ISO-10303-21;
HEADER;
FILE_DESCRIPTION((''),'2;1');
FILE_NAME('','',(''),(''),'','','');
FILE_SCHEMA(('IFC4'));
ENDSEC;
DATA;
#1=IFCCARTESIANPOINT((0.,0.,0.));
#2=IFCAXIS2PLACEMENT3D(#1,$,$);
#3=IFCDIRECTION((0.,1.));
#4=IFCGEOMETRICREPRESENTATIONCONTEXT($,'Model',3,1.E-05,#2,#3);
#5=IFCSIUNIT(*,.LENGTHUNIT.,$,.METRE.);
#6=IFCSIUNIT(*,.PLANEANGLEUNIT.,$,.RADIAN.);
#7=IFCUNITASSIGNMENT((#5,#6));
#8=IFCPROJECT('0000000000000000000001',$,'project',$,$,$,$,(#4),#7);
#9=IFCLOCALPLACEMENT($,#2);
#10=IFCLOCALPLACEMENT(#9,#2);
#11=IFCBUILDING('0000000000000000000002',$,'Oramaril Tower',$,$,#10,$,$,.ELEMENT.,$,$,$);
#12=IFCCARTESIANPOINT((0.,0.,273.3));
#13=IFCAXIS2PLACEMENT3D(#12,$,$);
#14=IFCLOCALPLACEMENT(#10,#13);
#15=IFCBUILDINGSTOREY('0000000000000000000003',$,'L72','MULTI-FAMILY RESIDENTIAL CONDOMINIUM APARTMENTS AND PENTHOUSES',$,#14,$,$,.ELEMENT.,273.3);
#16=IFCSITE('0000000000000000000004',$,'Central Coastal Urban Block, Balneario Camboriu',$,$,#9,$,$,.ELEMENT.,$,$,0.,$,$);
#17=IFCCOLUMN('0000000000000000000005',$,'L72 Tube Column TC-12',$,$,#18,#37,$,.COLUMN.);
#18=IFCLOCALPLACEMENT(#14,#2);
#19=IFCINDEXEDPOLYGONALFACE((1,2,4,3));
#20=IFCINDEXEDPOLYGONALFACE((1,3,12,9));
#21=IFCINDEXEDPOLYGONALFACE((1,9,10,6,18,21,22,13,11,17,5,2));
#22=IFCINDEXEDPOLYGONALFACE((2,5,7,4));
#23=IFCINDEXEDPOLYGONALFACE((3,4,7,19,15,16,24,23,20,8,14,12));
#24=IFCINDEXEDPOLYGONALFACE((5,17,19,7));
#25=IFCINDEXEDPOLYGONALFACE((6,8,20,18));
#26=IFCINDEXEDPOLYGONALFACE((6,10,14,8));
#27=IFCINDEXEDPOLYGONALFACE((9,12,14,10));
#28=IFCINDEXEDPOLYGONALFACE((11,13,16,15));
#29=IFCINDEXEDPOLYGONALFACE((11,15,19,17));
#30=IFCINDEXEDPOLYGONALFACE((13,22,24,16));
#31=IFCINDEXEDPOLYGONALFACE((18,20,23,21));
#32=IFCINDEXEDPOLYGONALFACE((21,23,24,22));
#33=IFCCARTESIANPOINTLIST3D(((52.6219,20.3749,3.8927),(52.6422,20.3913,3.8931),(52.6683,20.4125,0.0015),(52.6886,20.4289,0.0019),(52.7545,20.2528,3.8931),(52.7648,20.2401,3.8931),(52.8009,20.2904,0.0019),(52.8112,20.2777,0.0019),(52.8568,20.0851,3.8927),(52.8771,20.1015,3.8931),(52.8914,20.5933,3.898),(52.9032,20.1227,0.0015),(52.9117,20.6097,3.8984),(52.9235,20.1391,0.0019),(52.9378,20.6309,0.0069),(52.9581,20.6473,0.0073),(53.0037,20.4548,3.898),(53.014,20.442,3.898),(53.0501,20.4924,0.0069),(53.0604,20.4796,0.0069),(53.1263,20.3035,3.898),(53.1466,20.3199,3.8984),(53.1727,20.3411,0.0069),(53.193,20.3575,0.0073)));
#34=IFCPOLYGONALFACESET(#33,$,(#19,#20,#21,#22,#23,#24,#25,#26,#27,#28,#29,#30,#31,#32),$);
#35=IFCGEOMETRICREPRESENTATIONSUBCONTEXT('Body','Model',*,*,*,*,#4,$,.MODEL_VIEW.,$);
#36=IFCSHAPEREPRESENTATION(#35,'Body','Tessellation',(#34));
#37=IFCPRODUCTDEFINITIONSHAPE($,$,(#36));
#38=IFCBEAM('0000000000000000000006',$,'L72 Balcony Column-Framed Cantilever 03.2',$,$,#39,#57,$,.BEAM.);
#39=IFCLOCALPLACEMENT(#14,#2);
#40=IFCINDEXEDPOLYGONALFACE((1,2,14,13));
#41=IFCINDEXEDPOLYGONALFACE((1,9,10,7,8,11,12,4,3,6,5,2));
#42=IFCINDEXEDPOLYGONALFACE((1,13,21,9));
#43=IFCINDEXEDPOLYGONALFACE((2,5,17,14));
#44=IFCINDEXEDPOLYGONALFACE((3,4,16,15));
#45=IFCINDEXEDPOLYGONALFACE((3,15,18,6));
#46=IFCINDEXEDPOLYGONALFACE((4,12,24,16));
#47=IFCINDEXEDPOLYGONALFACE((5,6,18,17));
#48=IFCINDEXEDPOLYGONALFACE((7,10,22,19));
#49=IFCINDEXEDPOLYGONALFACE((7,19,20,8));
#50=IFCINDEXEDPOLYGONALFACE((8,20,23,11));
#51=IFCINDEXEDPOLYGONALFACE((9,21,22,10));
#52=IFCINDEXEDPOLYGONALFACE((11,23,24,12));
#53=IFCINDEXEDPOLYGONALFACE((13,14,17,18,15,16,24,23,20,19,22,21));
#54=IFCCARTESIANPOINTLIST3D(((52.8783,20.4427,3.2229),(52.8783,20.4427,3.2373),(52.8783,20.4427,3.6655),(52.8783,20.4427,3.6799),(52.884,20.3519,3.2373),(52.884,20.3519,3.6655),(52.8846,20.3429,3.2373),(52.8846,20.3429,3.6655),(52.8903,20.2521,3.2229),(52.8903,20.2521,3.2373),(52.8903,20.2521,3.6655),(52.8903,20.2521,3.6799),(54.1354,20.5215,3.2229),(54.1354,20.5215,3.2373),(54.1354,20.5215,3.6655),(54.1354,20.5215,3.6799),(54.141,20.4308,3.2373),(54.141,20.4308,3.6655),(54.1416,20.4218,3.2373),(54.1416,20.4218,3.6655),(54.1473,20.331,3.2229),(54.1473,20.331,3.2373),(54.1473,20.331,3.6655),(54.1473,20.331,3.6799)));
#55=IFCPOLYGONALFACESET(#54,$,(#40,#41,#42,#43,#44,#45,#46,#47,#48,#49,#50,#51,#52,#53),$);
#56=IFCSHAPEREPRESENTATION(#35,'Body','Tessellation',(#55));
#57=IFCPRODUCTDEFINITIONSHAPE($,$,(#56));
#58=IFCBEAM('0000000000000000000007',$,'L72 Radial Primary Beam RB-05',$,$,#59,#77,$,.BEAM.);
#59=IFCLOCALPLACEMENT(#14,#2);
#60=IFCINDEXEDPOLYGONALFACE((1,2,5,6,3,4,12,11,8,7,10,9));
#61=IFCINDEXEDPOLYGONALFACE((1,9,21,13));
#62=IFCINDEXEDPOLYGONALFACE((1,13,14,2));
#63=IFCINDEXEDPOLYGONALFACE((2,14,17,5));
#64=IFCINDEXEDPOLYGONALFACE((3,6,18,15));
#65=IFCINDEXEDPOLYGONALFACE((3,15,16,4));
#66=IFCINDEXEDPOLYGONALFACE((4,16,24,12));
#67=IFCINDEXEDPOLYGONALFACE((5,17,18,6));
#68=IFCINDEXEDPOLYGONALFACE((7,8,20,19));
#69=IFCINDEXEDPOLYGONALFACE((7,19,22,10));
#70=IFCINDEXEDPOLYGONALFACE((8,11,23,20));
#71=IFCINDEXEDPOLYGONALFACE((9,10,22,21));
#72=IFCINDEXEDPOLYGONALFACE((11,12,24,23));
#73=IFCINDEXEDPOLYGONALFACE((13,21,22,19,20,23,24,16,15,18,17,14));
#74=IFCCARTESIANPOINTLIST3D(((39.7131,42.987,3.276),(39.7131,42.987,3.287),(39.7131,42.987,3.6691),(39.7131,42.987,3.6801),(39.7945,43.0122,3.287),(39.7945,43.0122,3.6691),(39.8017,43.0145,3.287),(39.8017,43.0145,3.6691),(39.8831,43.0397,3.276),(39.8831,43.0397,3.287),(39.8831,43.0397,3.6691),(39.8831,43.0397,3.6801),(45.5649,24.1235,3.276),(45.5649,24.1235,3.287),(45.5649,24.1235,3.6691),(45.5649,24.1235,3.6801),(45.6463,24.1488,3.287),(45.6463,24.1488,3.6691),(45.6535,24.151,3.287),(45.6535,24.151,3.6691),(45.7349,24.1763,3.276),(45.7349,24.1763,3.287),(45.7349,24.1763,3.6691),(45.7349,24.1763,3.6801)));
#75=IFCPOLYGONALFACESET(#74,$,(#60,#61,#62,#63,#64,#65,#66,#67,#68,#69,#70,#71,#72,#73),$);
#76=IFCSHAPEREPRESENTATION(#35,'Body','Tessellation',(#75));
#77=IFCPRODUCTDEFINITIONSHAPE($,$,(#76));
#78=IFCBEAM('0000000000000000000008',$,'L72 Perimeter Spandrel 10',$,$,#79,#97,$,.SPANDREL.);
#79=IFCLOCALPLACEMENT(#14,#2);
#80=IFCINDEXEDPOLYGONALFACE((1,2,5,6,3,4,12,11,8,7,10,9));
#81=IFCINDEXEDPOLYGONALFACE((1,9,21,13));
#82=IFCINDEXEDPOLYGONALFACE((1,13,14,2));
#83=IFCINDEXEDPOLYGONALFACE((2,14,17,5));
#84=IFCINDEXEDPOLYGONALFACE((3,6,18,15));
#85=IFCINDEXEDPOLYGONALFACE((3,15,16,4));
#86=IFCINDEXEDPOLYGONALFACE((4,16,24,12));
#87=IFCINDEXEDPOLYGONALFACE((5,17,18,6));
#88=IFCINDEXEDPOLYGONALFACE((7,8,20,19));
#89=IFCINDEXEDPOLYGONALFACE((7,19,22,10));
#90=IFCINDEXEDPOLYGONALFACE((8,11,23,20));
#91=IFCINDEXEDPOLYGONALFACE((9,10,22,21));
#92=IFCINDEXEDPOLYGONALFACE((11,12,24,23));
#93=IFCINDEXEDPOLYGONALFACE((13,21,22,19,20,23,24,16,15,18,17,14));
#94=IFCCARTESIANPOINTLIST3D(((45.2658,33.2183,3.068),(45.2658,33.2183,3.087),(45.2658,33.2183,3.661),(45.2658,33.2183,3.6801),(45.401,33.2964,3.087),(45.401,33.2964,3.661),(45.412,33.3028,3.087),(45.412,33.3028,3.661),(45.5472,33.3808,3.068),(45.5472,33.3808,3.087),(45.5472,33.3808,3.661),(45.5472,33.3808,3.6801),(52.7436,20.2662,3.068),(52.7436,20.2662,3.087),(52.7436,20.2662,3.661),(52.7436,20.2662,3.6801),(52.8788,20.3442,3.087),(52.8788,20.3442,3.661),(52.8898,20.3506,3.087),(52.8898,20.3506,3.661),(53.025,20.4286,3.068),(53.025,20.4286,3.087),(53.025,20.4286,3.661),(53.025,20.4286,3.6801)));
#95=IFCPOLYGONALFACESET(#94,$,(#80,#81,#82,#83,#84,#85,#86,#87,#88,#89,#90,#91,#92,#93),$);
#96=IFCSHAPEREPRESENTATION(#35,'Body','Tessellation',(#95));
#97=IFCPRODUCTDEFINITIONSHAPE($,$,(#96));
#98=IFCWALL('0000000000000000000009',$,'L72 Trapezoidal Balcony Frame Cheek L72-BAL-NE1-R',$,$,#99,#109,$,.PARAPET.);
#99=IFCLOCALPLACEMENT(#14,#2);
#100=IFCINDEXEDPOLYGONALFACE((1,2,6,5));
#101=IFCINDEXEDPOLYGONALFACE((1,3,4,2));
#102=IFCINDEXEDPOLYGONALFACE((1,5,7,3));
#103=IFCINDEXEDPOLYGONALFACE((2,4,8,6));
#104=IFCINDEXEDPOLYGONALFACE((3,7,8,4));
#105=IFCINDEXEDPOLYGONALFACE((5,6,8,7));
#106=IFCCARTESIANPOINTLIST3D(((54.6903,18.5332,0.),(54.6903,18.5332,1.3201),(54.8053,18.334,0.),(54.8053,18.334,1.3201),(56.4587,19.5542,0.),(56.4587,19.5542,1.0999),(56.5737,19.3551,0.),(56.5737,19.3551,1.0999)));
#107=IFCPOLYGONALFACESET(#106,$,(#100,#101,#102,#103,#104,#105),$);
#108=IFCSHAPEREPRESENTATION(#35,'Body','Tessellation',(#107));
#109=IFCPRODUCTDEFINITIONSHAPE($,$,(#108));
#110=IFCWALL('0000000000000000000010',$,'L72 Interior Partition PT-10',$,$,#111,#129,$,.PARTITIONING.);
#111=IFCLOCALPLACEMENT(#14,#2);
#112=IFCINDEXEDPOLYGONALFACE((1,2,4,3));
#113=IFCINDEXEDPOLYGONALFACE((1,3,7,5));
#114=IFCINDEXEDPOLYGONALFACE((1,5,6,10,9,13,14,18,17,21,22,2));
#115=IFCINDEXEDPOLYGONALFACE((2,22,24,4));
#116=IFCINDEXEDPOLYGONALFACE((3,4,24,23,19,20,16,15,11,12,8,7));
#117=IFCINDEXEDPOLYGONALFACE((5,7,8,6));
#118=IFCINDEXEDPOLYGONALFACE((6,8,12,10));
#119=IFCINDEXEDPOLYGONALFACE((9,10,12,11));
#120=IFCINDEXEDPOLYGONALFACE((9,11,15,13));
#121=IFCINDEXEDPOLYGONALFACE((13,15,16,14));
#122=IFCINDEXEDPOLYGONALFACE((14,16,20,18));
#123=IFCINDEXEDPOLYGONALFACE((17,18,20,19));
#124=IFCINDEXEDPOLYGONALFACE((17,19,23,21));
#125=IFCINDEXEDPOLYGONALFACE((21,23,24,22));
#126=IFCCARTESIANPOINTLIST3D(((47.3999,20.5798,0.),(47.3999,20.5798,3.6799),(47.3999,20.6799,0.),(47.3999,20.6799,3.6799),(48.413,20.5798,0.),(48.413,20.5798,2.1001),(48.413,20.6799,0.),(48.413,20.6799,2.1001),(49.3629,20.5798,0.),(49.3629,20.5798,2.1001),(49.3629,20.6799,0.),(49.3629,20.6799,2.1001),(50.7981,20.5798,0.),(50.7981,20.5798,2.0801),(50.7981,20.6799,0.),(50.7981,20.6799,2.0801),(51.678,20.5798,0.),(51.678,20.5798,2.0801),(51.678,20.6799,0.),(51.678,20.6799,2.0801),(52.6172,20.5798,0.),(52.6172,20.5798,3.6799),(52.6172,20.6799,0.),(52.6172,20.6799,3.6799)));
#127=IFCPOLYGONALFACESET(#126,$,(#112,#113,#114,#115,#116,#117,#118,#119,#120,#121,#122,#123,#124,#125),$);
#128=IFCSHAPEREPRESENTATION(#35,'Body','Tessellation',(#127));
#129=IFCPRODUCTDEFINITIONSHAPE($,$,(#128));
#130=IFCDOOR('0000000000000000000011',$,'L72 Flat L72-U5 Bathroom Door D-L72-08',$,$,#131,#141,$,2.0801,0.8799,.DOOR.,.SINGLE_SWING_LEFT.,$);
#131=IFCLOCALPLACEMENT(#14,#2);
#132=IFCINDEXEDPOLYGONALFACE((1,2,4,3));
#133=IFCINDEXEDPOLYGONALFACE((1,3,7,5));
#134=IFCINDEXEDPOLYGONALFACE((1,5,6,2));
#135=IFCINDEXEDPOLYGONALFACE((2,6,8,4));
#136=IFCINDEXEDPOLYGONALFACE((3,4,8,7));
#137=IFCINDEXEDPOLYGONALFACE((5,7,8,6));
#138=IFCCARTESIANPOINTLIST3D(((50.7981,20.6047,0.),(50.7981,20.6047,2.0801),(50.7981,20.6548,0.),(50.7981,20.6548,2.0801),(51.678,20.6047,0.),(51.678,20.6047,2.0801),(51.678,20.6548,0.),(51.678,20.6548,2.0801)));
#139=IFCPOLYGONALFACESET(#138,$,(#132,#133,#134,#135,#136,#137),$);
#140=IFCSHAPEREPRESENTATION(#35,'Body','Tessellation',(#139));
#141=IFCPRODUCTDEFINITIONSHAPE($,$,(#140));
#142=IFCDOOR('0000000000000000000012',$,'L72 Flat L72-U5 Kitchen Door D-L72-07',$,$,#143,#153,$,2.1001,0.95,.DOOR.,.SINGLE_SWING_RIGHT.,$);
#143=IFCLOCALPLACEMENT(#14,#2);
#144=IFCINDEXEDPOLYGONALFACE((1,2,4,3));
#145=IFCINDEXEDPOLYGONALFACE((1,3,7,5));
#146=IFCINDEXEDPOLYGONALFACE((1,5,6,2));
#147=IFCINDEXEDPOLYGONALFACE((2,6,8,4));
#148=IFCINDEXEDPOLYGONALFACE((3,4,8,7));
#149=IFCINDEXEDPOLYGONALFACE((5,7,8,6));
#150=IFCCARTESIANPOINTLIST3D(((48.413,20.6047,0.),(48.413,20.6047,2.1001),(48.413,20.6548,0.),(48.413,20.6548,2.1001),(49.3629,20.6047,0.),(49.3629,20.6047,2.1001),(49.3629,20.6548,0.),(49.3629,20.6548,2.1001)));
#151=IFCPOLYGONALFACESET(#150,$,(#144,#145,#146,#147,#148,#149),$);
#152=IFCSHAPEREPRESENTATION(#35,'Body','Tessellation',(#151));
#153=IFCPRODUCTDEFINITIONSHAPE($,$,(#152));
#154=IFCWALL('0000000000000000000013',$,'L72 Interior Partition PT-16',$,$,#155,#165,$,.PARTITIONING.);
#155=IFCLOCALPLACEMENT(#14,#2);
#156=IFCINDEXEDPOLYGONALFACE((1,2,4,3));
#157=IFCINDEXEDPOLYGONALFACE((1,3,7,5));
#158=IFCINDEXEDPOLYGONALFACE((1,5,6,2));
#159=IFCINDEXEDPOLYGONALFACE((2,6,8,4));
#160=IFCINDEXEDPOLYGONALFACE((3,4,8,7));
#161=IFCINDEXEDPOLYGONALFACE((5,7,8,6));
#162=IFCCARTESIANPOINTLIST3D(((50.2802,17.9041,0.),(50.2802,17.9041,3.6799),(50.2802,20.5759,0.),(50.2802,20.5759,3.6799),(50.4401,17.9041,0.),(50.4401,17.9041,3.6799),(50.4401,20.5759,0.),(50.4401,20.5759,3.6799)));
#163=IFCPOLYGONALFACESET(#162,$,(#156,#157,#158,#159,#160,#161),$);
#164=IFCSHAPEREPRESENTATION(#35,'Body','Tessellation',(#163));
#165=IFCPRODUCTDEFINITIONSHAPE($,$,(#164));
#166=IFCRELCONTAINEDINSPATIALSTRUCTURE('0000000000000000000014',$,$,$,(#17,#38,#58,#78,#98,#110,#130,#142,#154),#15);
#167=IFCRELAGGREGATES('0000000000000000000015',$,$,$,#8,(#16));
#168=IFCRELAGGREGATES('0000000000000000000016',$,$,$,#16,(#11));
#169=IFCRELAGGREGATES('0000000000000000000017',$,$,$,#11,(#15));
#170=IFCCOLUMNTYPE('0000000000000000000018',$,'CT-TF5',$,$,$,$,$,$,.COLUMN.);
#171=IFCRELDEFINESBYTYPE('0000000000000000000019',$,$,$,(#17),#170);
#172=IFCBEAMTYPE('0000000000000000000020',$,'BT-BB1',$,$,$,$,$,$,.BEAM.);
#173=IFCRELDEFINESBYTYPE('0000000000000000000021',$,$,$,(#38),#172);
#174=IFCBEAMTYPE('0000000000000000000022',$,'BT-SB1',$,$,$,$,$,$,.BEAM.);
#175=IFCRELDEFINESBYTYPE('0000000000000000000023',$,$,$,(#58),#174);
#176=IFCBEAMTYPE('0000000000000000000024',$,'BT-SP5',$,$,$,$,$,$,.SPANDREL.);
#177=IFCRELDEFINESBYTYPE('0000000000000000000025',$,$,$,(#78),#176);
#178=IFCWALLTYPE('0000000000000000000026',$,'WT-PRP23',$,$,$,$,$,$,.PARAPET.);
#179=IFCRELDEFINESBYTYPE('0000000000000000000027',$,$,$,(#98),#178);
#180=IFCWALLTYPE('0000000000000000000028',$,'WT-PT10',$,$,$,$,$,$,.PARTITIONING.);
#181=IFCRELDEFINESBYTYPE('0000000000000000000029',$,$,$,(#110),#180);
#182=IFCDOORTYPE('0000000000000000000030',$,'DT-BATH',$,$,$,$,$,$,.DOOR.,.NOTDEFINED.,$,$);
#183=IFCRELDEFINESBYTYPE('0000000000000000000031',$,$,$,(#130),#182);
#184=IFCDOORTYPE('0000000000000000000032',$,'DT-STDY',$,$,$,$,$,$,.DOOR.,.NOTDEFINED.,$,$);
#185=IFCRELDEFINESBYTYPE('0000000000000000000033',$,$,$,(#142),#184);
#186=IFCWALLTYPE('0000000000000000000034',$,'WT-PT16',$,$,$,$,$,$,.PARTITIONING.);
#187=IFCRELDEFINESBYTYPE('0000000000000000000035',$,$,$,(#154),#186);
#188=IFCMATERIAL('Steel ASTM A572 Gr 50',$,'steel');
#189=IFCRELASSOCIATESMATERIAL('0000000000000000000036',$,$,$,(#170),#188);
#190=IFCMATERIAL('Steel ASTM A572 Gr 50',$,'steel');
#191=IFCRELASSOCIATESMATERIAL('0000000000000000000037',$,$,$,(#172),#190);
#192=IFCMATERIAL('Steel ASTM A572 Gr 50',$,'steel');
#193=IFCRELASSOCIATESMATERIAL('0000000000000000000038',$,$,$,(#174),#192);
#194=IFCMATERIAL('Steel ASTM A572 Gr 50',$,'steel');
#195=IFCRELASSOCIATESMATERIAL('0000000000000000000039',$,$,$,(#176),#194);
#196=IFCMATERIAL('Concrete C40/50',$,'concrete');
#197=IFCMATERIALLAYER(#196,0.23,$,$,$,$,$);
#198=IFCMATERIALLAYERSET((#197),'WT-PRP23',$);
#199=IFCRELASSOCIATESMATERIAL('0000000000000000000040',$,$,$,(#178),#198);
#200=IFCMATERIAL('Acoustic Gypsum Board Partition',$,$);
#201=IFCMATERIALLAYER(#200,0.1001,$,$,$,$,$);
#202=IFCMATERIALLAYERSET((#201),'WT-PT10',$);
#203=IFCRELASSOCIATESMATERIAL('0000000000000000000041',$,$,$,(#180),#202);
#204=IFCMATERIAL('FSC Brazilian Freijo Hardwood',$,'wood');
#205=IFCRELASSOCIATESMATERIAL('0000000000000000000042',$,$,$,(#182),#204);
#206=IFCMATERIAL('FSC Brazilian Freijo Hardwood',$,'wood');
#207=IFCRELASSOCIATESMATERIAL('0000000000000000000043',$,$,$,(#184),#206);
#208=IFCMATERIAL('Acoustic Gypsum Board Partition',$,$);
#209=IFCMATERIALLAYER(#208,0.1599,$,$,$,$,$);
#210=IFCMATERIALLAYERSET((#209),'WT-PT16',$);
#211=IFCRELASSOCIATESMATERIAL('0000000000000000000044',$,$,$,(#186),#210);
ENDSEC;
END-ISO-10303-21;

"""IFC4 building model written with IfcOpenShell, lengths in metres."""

from ifc_helpers import new_model, si_unit, direction, frame, frame_2d, origin, origin_2d, place, context, subcontext, project, spatial, polyline, rectangle, i_section, outline, extrude, material, layer, layer_set, material_profile, profile_set, type_object, element, fill, save


model = new_model("IFC4")

# Units and contexts
model_context = context("Model", 3, precision=1e-05, world=origin(), true_north=direction((0.0, 1.0)))
body_context = subcontext(model_context, "Body", "Model", "MODEL_VIEW")
ifc_project = project(units=[si_unit("LENGTHUNIT", "METRE"), si_unit("PLANEANGLEUNIT", "RADIAN")], contexts=[model_context])

# Site, building, storey
site_placement = place(None, origin())
site = spatial("IfcSite", under=ifc_project, at=site_placement, Name="Central Coastal Urban Block, Balneario Camboriu", CompositionType="ELEMENT", RefElevation=0.0)
building_placement = place(site_placement, origin())
building = spatial("IfcBuilding", under=site, at=building_placement, Name="Oramaril Tower", CompositionType="ELEMENT")
storey_placement = place(building_placement, frame((0.0, 0.0, 273.3)))
storey = spatial("IfcBuildingStorey", under=building, at=storey_placement, Name="L72", Description="MULTI-FAMILY RESIDENTIAL CONDOMINIUM APARTMENTS AND PENTHOUSES", CompositionType="ELEMENT", Elevation=273.3)

# Column
ifc_material_1 = material(Name="Steel ASTM A572 Gr 50", Category="steel")
ifc_material_profile_1 = material_profile(ifc_material_1, i_section(OverallWidth=0.373, OverallDepth=0.373, WebThickness=0.0164, FlangeThickness=0.0261, at=origin_2d()), Name="W14X132")
ifc_profile_set_1 = profile_set([ifc_material_profile_1], Name="Steel ASTM A572 Gr 50")
column_type = type_object("IfcColumnType", Name="CT-TF5", PredefinedType="COLUMN", material=ifc_profile_set_1)
column_placement = place(storey_placement, frame((52.9307, 20.385, 0.0044), z_axis=(-0.01192, -0.009661, 0.999882), x_axis=(0.629669, -0.776864, 0.0)))
element("IfcColumn", 1, at=column_placement, inside=storey, type_object=column_type, Name="L72 Tube Column TC-12", PredefinedType="COLUMN", context=body_context, shape_type="SweptSolid", body=[
    extrude(i_section(OverallWidth=0.373, OverallDepth=0.373, WebThickness=0.0164, FlangeThickness=0.0261, at=origin_2d()), origin(), (0.0, 0.0, 1.0), 3.8916),
])

# Beams
ifc_material_2 = material(Name="Steel ASTM A572 Gr 50", Category="steel")
ifc_material_profile_2 = material_profile(ifc_material_2, i_section(OverallWidth=0.1909, OverallDepth=0.457, WebThickness=0.009, FlangeThickness=0.0144, at=origin_2d()), Name="W18X50")
ifc_profile_set_2 = profile_set([ifc_material_profile_2], Name="Steel ASTM A572 Gr 50")
beam_type_1 = type_object("IfcBeamType", Name="BT-BB1", PredefinedType="BEAM", material=ifc_profile_set_2)
beam_1_placement = place(storey_placement, frame((52.8843, 20.3474, 3.4514), z_axis=(0.998038, 0.062608, 0.0), x_axis=(-0.062608, 0.998038, 0.0)))
element("IfcBeam", 2, at=beam_1_placement, inside=storey, type_object=beam_type_1, Name="L72 Balcony Column-Framed Cantilever 03.2", PredefinedType="BEAM", context=body_context, shape_type="SweptSolid", body=[
    extrude(i_section(OverallWidth=0.1909, OverallDepth=0.457, WebThickness=0.009, FlangeThickness=0.0144, at=origin_2d()), origin(), (0.0, 0.0, 1.0), 1.2595),
])
ifc_material_3 = material(Name="Steel ASTM A572 Gr 50", Category="steel")
ifc_material_profile_3 = material_profile(ifc_material_3, i_section(OverallWidth=0.178, OverallDepth=0.4041, WebThickness=0.0076, FlangeThickness=0.011, at=origin_2d()), Name="W16X36")
ifc_profile_set_3 = profile_set([ifc_material_profile_3], Name="Steel ASTM A572 Gr 50")
beam_type_2 = type_object("IfcBeamType", Name="BT-SB1", PredefinedType="BEAM", material=ifc_profile_set_3)
beam_2_placement = place(storey_placement, frame((45.6499, 24.1499, 3.478), z_axis=(-0.296289, 0.955098, 0.0), x_axis=(-0.955098, -0.296289, 0.0)))
element("IfcBeam", 3, at=beam_2_placement, inside=storey, type_object=beam_type_2, Name="L72 Radial Primary Beam RB-05", PredefinedType="BEAM", context=body_context, shape_type="SweptSolid", body=[
    extrude(i_section(OverallWidth=0.178, OverallDepth=0.4041, WebThickness=0.0076, FlangeThickness=0.011, at=origin_2d()), origin(), (0.0, 0.0, 1.0), 19.7502),
])
ifc_material_4 = material(Name="Steel ASTM A572 Gr 50", Category="steel")
ifc_material_profile_4 = material_profile(ifc_material_4, i_section(OverallWidth=0.325, OverallDepth=0.6121, WebThickness=0.0127, FlangeThickness=0.019, at=origin_2d()), Name="W24X104")
ifc_profile_set_4 = profile_set([ifc_material_profile_4], Name="Steel ASTM A572 Gr 50")
beam_type_3 = type_object("IfcBeamType", Name="BT-SP5", PredefinedType="SPANDREL", material=ifc_profile_set_4)
beam_3_placement = place(storey_placement, frame((52.8843, 20.3474, 3.374), z_axis=(-0.499993, 0.86603, 0.0), x_axis=(-0.86603, -0.499993, 0.0)))
element("IfcBeam", 4, at=beam_3_placement, inside=storey, type_object=beam_type_3, Name="L72 Perimeter Spandrel 10", PredefinedType="SPANDREL", context=body_context, shape_type="SweptSolid", body=[
    extrude(i_section(OverallWidth=0.325, OverallDepth=0.6121, WebThickness=0.0127, FlangeThickness=0.019, at=origin_2d()), origin(), (0.0, 0.0, 1.0), 14.9558),
])

# Wall
ifc_material_5 = material(Name="Concrete C40/50", Category="concrete")
ifc_layer_1 = layer(ifc_material_5, 0.23)
ifc_layer_set_1 = layer_set([ifc_layer_1], Name="WT-PRP23")
wall_type_1 = type_object("IfcWallType", Name="WT-PRP23", PredefinedType="PARAPET", material=ifc_layer_set_1)
wall_1_placement = place(storey_placement, frame((54.7478, 18.4336, 0.0), z_axis=(0.0, 0.0, 1.0), x_axis=(0.866012, 0.500023, 0.0)))
element("IfcWall", 5, at=wall_1_placement, inside=storey, type_object=wall_type_1, Name="L72 Trapezoidal Balcony Frame Cheek L72-BAL-NE1-R", PredefinedType="PARAPET", context=body_context, shape_type="SweptSolid", body=[
    extrude(outline(polyline([(0.0, 0.0), (2.042, 0.0), (2.042, 1.0999), (0.0, 1.3201), (0.0, 0.0)])), frame((0.0, 0.115, 0.0), z_axis=(0.0, -1.0, 0.0), x_axis=(1.0, 0.0, 0.0)), (0.0, 0.0, 1.0), 0.23),
])

# Wall, openings, doors
ifc_material_6 = material(Name="Acoustic Gypsum Board Partition")
ifc_layer_2 = layer(ifc_material_6, 0.1001)
ifc_layer_set_2 = layer_set([ifc_layer_2], Name="WT-PT10")
wall_type_2 = type_object("IfcWallType", Name="WT-PT10", PredefinedType="PARTITIONING", material=ifc_layer_set_2)
wall_2_placement = place(storey_placement, frame((47.3999, 20.6299, 0.0), z_axis=(0.0, 0.0, 1.0), x_axis=(1.0, 0.0, 0.0)))
wall_2 = element("IfcWall", 6, at=wall_2_placement, inside=storey, type_object=wall_type_2, Name="L72 Interior Partition PT-10", PredefinedType="PARTITIONING", context=body_context, shape_type="SweptSolid", body=[
    extrude(rectangle(XDim=5.2173, YDim=0.1001, at=frame_2d((2.6086, 0.0))), origin(), (0.0, 0.0, 1.0), 3.6799),
])
opening_1_placement = place(wall_2_placement, frame((1.0129, 0.0, 0.0)))
opening_1 = element("IfcOpeningElement", 7, at=opening_1_placement, cuts=wall_2, PredefinedType="OPENING", context=body_context, shape_type="SweptSolid", body=[
    extrude(rectangle(XDim=0.95, YDim=2.1001, at=frame_2d((0.4751, 1.05))), frame((0.0, 0.05, 0.0), z_axis=(0.0, -1.0, 0.0), x_axis=(1.0, 0.0, 0.0)), (0.0, 0.0, 1.0), 0.1001),
])
opening_2_placement = place(wall_2_placement, frame((3.3982, 0.0, 0.0)))
opening_2 = element("IfcOpeningElement", 8, at=opening_2_placement, cuts=wall_2, PredefinedType="OPENING", context=body_context, shape_type="SweptSolid", body=[
    extrude(rectangle(XDim=0.8799, YDim=2.0801, at=frame_2d((0.4399, 1.04))), frame((0.0, 0.05, 0.0), z_axis=(0.0, -1.0, 0.0), x_axis=(1.0, 0.0, 0.0)), (0.0, 0.0, 1.0), 0.1001),
])
ifc_material_7 = material(Name="FSC Brazilian Freijo Hardwood", Category="wood")
door_type_1 = type_object("IfcDoorType", Name="DT-BATH", OperationType="NOTDEFINED", PredefinedType="DOOR", material=ifc_material_7)
door_1_placement = place(opening_2_placement, origin())
door_1 = element("IfcDoor", 9, at=door_1_placement, inside=storey, type_object=door_type_1, Name="L72 Flat L72-U5 Bathroom Door D-L72-08", OperationType="SINGLE_SWING_LEFT", OverallHeight=2.0801, OverallWidth=0.8799, PredefinedType="DOOR", context=body_context, shape_type="SweptSolid", body=[
    extrude(rectangle(XDim=0.8799, YDim=2.0801, at=frame_2d((0.4399, 1.04))), frame((0.0, 0.0249, 0.0), z_axis=(0.0, -1.0, 0.0), x_axis=(1.0, 0.0, 0.0)), (0.0, 0.0, 1.0), 0.05),
])
fill(opening_2, door_1)
ifc_material_8 = material(Name="FSC Brazilian Freijo Hardwood", Category="wood")
door_type_2 = type_object("IfcDoorType", Name="DT-STDY", OperationType="NOTDEFINED", PredefinedType="DOOR", material=ifc_material_8)
door_2_placement = place(opening_1_placement, origin())
door_2 = element("IfcDoor", 10, at=door_2_placement, inside=storey, type_object=door_type_2, Name="L72 Flat L72-U5 Kitchen Door D-L72-07", OperationType="SINGLE_SWING_RIGHT", OverallHeight=2.1001, OverallWidth=0.95, PredefinedType="DOOR", context=body_context, shape_type="SweptSolid", body=[
    extrude(rectangle(XDim=0.95, YDim=2.1001, at=frame_2d((0.4751, 1.05))), frame((0.0, 0.0249, 0.0), z_axis=(0.0, -1.0, 0.0), x_axis=(1.0, 0.0, 0.0)), (0.0, 0.0, 1.0), 0.05),
])
fill(opening_1, door_2)

# Wall
ifc_material_9 = material(Name="Acoustic Gypsum Board Partition")
ifc_layer_3 = layer(ifc_material_9, 0.1599)
ifc_layer_set_3 = layer_set([ifc_layer_3], Name="WT-PT16")
wall_type_3 = type_object("IfcWallType", Name="WT-PT16", PredefinedType="PARTITIONING", material=ifc_layer_set_3)
wall_3_placement = place(storey_placement, frame((50.3601, 17.9041, 0.0), z_axis=(0.0, 0.0, 1.0), x_axis=(0.0, 1.0, 0.0)))
element("IfcWall", 11, at=wall_3_placement, inside=storey, type_object=wall_type_3, Name="L72 Interior Partition PT-16", PredefinedType="PARTITIONING", context=body_context, shape_type="SweptSolid", body=[
    extrude(rectangle(XDim=2.6719, YDim=0.1599, at=frame_2d((1.3359, 0.0))), origin(), (0.0, 0.0, 1.0), 3.6799),
])

save(model, "model.ifc")
